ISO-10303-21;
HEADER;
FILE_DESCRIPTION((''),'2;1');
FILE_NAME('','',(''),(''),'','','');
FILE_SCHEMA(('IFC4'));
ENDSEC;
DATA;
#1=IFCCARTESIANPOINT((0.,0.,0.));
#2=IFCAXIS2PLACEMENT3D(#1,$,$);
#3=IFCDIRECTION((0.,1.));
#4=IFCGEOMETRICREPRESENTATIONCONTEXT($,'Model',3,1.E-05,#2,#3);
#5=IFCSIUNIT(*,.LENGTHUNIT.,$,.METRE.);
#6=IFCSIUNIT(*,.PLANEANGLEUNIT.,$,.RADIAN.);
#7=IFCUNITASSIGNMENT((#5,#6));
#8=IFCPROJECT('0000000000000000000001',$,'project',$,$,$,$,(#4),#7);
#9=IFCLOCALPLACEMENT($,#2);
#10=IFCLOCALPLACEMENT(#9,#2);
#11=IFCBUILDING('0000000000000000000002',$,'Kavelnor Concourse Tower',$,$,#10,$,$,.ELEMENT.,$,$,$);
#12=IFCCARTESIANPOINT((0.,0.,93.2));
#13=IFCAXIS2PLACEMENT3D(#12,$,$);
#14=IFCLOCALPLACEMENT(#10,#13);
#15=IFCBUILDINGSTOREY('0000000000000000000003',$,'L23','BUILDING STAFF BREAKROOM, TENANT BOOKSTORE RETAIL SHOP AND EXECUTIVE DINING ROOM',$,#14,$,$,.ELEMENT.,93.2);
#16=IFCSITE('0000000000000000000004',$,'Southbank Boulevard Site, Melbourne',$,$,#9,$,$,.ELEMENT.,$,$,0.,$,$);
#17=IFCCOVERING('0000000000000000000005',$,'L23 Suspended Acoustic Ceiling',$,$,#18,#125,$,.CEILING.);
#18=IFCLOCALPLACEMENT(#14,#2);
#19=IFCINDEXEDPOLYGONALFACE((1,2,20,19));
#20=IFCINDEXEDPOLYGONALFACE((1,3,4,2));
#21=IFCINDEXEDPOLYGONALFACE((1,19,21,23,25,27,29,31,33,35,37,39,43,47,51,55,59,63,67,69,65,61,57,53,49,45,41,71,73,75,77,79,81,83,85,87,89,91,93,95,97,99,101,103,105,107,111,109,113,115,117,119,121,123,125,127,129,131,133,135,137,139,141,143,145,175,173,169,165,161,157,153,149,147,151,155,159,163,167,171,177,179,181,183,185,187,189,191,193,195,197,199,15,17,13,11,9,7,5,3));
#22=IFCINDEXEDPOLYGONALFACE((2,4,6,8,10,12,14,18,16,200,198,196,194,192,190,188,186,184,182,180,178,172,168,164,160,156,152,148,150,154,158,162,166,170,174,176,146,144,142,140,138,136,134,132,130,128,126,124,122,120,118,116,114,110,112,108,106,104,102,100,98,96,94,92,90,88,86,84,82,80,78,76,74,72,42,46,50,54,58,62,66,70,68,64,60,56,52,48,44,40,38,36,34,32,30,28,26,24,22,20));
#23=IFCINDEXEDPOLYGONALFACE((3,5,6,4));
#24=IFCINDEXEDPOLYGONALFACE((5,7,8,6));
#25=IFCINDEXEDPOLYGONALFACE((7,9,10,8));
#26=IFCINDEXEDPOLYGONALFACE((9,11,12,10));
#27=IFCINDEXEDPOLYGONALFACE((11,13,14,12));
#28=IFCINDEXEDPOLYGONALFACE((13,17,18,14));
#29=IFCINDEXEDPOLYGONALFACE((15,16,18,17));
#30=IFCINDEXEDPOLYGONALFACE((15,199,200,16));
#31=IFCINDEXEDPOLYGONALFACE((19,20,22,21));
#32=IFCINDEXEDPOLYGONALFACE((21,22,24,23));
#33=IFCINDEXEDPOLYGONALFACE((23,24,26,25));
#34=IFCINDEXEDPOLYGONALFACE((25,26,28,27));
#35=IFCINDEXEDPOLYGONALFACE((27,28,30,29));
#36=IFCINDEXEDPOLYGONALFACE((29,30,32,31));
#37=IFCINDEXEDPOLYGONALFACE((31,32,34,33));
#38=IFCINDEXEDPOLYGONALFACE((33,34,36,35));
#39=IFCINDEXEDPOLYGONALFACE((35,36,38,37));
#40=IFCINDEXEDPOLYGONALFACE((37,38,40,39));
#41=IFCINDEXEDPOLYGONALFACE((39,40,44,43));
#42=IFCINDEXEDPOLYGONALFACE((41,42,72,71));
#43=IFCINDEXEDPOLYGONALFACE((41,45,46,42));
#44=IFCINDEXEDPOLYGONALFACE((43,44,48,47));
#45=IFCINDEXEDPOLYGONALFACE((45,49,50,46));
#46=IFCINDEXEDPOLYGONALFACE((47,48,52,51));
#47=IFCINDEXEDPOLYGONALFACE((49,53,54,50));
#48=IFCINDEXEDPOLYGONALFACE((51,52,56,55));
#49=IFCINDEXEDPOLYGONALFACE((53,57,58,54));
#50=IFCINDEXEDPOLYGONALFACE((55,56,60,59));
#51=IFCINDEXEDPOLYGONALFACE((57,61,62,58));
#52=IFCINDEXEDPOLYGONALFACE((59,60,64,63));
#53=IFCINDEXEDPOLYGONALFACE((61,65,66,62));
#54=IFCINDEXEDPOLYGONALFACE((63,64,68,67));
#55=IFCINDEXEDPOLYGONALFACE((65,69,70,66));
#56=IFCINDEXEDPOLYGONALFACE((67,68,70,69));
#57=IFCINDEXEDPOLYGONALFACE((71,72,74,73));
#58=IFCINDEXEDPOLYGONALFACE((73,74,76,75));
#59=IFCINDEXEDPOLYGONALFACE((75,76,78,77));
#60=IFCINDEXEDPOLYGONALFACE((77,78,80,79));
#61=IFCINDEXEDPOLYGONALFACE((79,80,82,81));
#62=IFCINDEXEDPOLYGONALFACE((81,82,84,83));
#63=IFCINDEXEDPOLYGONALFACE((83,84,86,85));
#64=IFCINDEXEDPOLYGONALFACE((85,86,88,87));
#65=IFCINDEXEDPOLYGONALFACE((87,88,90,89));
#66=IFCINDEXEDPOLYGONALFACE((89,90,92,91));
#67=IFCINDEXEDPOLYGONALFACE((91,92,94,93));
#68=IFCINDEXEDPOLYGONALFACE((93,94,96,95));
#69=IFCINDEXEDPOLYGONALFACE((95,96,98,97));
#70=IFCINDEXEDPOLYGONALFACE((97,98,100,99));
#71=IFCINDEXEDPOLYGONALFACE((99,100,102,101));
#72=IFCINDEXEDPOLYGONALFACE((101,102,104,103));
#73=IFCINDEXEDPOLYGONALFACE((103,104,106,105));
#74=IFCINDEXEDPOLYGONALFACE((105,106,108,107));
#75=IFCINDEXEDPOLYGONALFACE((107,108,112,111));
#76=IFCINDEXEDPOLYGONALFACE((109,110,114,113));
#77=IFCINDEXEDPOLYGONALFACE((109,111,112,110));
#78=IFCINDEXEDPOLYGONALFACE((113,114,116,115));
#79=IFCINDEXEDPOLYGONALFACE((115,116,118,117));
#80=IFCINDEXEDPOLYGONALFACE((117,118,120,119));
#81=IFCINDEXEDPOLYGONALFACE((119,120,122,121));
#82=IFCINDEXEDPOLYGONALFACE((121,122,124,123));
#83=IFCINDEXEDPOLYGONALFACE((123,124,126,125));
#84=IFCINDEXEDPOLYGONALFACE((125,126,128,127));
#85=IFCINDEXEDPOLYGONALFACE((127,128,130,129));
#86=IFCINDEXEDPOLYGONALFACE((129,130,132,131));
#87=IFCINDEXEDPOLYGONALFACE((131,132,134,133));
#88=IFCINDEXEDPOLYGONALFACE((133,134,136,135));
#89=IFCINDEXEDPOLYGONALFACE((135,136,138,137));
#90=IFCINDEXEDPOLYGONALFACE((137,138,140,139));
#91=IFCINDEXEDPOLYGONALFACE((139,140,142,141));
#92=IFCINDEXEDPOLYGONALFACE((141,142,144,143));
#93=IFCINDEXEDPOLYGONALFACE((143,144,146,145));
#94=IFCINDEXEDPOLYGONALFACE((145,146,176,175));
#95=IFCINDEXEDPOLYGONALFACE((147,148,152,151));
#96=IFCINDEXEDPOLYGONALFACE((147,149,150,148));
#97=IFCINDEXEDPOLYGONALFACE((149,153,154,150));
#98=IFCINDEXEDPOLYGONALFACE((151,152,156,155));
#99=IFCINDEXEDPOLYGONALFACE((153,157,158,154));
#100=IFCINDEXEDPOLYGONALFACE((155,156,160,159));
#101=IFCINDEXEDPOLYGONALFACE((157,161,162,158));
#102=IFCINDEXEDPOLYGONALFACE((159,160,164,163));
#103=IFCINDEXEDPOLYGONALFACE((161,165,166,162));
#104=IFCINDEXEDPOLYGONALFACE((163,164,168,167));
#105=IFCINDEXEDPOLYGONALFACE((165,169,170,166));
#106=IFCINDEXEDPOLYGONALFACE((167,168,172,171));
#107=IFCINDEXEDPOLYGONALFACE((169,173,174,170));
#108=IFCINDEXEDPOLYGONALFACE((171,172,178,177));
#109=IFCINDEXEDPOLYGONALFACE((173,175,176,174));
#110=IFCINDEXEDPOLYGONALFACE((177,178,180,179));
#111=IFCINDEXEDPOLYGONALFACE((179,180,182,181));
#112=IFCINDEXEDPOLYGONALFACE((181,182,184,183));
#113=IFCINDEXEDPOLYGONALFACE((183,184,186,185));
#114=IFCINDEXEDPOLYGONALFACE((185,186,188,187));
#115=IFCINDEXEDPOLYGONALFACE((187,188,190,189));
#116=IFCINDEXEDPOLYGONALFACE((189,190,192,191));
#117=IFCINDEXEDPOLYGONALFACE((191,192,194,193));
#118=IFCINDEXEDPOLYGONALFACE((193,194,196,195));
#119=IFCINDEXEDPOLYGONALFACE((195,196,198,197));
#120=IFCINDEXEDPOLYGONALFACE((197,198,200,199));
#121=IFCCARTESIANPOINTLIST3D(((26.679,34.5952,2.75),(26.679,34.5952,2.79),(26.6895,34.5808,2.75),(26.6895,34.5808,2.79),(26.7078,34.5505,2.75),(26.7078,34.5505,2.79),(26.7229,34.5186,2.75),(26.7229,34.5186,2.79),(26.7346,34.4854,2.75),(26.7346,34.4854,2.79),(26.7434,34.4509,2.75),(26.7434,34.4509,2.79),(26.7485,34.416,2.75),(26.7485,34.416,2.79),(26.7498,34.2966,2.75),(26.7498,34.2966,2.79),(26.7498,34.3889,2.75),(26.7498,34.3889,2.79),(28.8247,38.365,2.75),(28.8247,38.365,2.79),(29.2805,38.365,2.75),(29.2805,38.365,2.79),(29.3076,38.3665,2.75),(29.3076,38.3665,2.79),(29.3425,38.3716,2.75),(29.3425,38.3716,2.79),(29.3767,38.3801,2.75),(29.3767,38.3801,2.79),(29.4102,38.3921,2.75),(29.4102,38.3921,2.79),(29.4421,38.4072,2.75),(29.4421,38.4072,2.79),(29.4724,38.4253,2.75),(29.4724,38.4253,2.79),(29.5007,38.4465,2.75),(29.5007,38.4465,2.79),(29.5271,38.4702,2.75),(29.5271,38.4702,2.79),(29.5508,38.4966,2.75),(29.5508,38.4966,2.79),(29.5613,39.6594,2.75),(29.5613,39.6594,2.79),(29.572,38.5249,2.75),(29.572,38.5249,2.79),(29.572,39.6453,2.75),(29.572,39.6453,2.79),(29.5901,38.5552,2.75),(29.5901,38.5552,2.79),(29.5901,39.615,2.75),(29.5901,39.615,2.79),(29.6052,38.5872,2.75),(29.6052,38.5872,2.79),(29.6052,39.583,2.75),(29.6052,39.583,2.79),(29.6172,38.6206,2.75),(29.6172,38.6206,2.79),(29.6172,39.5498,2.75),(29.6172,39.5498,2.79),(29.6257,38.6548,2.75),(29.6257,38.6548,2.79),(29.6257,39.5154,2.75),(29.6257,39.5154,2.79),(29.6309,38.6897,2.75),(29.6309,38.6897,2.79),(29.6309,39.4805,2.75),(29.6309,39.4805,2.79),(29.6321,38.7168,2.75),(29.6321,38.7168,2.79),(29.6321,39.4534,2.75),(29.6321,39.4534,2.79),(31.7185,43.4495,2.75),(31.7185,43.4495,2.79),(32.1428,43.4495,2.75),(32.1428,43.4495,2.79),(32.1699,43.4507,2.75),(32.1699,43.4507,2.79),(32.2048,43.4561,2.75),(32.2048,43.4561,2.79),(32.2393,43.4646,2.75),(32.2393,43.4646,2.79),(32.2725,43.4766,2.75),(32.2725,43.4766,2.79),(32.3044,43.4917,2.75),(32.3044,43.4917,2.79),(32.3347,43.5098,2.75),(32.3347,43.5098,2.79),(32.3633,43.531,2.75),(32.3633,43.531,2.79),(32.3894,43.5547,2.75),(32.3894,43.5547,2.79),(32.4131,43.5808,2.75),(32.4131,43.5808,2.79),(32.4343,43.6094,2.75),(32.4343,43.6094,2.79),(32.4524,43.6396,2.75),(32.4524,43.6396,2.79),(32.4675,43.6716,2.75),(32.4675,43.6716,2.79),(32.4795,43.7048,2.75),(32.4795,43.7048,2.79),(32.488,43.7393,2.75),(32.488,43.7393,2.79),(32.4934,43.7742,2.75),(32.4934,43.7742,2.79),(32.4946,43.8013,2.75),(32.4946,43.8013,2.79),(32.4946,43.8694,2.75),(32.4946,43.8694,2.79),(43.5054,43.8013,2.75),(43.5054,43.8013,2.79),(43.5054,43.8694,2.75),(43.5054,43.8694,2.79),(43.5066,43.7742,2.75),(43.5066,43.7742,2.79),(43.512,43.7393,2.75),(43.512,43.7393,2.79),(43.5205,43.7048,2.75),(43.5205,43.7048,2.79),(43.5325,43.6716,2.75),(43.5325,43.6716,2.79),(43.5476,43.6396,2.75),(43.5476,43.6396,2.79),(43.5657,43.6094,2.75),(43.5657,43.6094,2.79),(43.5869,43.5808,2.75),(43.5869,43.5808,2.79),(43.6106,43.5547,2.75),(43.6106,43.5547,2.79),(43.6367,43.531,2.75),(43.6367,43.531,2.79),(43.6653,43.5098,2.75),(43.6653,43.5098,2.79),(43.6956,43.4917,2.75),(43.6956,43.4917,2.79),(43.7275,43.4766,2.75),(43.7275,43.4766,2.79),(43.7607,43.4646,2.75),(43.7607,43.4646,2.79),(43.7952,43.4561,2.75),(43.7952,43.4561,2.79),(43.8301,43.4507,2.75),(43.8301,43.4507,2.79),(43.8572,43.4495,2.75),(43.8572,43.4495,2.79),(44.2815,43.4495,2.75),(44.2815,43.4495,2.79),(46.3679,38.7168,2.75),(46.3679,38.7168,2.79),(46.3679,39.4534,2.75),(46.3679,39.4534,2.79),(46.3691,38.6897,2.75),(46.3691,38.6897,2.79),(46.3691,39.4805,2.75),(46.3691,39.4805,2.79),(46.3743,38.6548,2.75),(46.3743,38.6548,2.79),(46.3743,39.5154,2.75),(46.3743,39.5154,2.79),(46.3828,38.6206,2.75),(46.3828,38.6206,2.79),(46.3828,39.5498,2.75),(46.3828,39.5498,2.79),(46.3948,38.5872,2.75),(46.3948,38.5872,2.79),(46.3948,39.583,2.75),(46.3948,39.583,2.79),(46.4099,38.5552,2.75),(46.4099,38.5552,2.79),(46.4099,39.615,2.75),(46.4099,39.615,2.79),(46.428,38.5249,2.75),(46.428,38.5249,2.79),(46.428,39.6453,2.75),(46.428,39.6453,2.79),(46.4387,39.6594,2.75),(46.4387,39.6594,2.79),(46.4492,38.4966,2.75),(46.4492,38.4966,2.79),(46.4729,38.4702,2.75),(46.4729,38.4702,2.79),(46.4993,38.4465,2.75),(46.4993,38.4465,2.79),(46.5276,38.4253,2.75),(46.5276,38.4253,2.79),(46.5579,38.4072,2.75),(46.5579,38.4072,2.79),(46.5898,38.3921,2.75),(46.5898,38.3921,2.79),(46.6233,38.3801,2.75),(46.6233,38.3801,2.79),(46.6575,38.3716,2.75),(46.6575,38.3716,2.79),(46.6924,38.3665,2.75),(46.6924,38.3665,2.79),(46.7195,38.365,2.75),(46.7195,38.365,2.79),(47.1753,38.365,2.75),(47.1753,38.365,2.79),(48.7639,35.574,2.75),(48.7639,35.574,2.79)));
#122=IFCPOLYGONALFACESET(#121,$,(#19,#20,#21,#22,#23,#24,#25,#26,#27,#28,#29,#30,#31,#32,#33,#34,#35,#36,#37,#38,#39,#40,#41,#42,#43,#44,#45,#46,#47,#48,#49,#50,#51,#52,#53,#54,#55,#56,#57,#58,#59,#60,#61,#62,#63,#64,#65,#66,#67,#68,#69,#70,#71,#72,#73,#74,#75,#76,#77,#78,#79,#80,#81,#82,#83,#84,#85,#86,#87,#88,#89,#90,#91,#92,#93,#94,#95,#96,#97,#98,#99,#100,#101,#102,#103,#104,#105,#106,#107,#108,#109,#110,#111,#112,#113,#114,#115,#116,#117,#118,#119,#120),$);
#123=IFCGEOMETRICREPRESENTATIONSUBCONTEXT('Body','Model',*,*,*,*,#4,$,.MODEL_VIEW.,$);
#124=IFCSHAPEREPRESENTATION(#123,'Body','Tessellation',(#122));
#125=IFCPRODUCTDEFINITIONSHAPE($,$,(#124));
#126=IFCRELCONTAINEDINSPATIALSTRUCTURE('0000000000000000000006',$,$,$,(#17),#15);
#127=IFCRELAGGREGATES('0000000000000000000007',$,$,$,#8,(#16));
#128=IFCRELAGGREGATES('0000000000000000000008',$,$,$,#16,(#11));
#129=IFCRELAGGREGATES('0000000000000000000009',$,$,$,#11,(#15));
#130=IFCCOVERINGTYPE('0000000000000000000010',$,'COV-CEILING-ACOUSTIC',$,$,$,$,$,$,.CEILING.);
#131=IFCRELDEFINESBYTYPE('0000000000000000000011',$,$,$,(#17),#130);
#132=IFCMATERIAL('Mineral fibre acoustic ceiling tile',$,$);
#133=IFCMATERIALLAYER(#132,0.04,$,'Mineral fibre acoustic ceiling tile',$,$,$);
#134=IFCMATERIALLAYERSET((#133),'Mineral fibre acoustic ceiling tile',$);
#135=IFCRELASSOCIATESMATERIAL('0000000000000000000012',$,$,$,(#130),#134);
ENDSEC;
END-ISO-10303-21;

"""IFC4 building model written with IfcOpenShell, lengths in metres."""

from ifc_helpers import new_model, si_unit, direction, frame, origin, place, context, subcontext, project, spatial, polyline, outline, extrude, material, layer, layer_set, type_object, element, save


model = new_model("IFC4")

# Units and contexts
model_context = context("Model", 3, precision=1e-05, world=origin(), true_north=direction((0.0, 1.0)))
body_context = subcontext(model_context, "Body", "Model", "MODEL_VIEW")
ifc_project = project(units=[si_unit("LENGTHUNIT", "METRE"), si_unit("PLANEANGLEUNIT", "RADIAN")], contexts=[model_context])

# Site, building, storey
site_placement = place(None, origin())
site = spatial("IfcSite", under=ifc_project, at=site_placement, Name="Southbank Boulevard Site, Melbourne", CompositionType="ELEMENT", RefElevation=0.0)
building_placement = place(site_placement, origin())
building = spatial("IfcBuilding", under=site, at=building_placement, Name="Kavelnor Concourse Tower", CompositionType="ELEMENT")
storey_placement = place(building_placement, frame((0.0, 0.0, 93.2)))
storey = spatial("IfcBuildingStorey", under=building, at=storey_placement, Name="L23", Description="BUILDING STAFF BREAKROOM, TENANT BOOKSTORE RETAIL SHOP AND EXECUTIVE DINING ROOM", CompositionType="ELEMENT", Elevation=93.2)

# Covering
ifc_material_1 = material(Name="Mineral fibre acoustic ceiling tile")
ifc_layer_1 = layer(ifc_material_1, 0.04, Name="Mineral fibre acoustic ceiling tile")
ifc_layer_set_1 = layer_set([ifc_layer_1], Name="Mineral fibre acoustic ceiling tile")
covering_type = type_object("IfcCoveringType", Name="COV-CEILING-ACOUSTIC", PredefinedType="CEILING", material=ifc_layer_set_1)
covering_1_placement = place(storey_placement, frame((0.0, 0.0, 2.75)))
element("IfcCovering", 1, at=covering_1_placement, inside=storey, type_object=covering_type, Name="L23 Suspended Acoustic Ceiling", PredefinedType="CEILING", context=body_context, shape_type="SweptSolid", body=[
    extrude(outline(polyline([(28.8247, 38.365), (29.2805, 38.365), (29.3076, 38.3665), (29.3425, 38.3716), (29.3767, 38.3801), (29.4102, 38.3921), (29.4421, 38.4072), (29.4724, 38.4253), (29.5007, 38.4465), (29.5271, 38.4702), (29.5508, 38.4966), (29.572, 38.5249), (29.5901, 38.5552), (29.6052, 38.5872), (29.6172, 38.6206), (29.6257, 38.6548), (29.6309, 38.6897), (29.6321, 38.7168), (29.6321, 39.4534), (29.6309, 39.4805), (29.6257, 39.5154), (29.6172, 39.5498), (29.6052, 39.583), (29.5901, 39.615), (29.572, 39.6453), (29.5613, 39.6594), (31.7185, 43.4495), (32.1428, 43.4495), (32.1699, 43.4507), (32.2048, 43.4561), (32.2393, 43.4646), (32.2725, 43.4766), (32.3044, 43.4917), (32.3347, 43.5098), (32.3633, 43.531), (32.3894, 43.5547), (32.4131, 43.5808), (32.4343, 43.6094), (32.4524, 43.6396), (32.4675, 43.6716), (32.4795, 43.7048), (32.488, 43.7393), (32.4934, 43.7742), (32.4946, 43.8013), (32.4946, 43.8694), (43.5054, 43.8694), (43.5054, 43.8013), (43.5066, 43.7742), (43.512, 43.7393), (43.5205, 43.7048), (43.5325, 43.6716), (43.5476, 43.6396), (43.5657, 43.6094), (43.5869, 43.5808), (43.6106, 43.5547), (43.6367, 43.531), (43.6653, 43.5098), (43.6956, 43.4917), (43.7275, 43.4766), (43.7607, 43.4646), (43.7952, 43.4561), (43.8301, 43.4507), (43.8572, 43.4495), (44.2815, 43.4495), (46.4387, 39.6594), (46.428, 39.6453), (46.4099, 39.615), (46.3948, 39.583), (46.3828, 39.5498), (46.3743, 39.5154), (46.3691, 39.4805), (46.3679, 39.4534), (46.3679, 38.7168), (46.3691, 38.6897), (46.3743, 38.6548), (46.3828, 38.6206), (46.3948, 38.5872), (46.4099, 38.5552), (46.428, 38.5249), (46.4492, 38.4966), (46.4729, 38.4702), (46.4993, 38.4465), (46.5276, 38.4253), (46.5579, 38.4072), (46.5898, 38.3921), (46.6233, 38.3801), (46.6575, 38.3716), (46.6924, 38.3665), (46.7195, 38.365), (47.1753, 38.365), (48.7639, 35.574), (26.7498, 34.2966), (26.7498, 34.3889), (26.7485, 34.416), (26.7434, 34.4509), (26.7346, 34.4854), (26.7229, 34.5186), (26.7078, 34.5505), (26.6895, 34.5808), (26.679, 34.5952), (28.8247, 38.365)])), origin(), (0.0, 0.0, 1.0), 0.04),
])

save(model, "model.ifc")
